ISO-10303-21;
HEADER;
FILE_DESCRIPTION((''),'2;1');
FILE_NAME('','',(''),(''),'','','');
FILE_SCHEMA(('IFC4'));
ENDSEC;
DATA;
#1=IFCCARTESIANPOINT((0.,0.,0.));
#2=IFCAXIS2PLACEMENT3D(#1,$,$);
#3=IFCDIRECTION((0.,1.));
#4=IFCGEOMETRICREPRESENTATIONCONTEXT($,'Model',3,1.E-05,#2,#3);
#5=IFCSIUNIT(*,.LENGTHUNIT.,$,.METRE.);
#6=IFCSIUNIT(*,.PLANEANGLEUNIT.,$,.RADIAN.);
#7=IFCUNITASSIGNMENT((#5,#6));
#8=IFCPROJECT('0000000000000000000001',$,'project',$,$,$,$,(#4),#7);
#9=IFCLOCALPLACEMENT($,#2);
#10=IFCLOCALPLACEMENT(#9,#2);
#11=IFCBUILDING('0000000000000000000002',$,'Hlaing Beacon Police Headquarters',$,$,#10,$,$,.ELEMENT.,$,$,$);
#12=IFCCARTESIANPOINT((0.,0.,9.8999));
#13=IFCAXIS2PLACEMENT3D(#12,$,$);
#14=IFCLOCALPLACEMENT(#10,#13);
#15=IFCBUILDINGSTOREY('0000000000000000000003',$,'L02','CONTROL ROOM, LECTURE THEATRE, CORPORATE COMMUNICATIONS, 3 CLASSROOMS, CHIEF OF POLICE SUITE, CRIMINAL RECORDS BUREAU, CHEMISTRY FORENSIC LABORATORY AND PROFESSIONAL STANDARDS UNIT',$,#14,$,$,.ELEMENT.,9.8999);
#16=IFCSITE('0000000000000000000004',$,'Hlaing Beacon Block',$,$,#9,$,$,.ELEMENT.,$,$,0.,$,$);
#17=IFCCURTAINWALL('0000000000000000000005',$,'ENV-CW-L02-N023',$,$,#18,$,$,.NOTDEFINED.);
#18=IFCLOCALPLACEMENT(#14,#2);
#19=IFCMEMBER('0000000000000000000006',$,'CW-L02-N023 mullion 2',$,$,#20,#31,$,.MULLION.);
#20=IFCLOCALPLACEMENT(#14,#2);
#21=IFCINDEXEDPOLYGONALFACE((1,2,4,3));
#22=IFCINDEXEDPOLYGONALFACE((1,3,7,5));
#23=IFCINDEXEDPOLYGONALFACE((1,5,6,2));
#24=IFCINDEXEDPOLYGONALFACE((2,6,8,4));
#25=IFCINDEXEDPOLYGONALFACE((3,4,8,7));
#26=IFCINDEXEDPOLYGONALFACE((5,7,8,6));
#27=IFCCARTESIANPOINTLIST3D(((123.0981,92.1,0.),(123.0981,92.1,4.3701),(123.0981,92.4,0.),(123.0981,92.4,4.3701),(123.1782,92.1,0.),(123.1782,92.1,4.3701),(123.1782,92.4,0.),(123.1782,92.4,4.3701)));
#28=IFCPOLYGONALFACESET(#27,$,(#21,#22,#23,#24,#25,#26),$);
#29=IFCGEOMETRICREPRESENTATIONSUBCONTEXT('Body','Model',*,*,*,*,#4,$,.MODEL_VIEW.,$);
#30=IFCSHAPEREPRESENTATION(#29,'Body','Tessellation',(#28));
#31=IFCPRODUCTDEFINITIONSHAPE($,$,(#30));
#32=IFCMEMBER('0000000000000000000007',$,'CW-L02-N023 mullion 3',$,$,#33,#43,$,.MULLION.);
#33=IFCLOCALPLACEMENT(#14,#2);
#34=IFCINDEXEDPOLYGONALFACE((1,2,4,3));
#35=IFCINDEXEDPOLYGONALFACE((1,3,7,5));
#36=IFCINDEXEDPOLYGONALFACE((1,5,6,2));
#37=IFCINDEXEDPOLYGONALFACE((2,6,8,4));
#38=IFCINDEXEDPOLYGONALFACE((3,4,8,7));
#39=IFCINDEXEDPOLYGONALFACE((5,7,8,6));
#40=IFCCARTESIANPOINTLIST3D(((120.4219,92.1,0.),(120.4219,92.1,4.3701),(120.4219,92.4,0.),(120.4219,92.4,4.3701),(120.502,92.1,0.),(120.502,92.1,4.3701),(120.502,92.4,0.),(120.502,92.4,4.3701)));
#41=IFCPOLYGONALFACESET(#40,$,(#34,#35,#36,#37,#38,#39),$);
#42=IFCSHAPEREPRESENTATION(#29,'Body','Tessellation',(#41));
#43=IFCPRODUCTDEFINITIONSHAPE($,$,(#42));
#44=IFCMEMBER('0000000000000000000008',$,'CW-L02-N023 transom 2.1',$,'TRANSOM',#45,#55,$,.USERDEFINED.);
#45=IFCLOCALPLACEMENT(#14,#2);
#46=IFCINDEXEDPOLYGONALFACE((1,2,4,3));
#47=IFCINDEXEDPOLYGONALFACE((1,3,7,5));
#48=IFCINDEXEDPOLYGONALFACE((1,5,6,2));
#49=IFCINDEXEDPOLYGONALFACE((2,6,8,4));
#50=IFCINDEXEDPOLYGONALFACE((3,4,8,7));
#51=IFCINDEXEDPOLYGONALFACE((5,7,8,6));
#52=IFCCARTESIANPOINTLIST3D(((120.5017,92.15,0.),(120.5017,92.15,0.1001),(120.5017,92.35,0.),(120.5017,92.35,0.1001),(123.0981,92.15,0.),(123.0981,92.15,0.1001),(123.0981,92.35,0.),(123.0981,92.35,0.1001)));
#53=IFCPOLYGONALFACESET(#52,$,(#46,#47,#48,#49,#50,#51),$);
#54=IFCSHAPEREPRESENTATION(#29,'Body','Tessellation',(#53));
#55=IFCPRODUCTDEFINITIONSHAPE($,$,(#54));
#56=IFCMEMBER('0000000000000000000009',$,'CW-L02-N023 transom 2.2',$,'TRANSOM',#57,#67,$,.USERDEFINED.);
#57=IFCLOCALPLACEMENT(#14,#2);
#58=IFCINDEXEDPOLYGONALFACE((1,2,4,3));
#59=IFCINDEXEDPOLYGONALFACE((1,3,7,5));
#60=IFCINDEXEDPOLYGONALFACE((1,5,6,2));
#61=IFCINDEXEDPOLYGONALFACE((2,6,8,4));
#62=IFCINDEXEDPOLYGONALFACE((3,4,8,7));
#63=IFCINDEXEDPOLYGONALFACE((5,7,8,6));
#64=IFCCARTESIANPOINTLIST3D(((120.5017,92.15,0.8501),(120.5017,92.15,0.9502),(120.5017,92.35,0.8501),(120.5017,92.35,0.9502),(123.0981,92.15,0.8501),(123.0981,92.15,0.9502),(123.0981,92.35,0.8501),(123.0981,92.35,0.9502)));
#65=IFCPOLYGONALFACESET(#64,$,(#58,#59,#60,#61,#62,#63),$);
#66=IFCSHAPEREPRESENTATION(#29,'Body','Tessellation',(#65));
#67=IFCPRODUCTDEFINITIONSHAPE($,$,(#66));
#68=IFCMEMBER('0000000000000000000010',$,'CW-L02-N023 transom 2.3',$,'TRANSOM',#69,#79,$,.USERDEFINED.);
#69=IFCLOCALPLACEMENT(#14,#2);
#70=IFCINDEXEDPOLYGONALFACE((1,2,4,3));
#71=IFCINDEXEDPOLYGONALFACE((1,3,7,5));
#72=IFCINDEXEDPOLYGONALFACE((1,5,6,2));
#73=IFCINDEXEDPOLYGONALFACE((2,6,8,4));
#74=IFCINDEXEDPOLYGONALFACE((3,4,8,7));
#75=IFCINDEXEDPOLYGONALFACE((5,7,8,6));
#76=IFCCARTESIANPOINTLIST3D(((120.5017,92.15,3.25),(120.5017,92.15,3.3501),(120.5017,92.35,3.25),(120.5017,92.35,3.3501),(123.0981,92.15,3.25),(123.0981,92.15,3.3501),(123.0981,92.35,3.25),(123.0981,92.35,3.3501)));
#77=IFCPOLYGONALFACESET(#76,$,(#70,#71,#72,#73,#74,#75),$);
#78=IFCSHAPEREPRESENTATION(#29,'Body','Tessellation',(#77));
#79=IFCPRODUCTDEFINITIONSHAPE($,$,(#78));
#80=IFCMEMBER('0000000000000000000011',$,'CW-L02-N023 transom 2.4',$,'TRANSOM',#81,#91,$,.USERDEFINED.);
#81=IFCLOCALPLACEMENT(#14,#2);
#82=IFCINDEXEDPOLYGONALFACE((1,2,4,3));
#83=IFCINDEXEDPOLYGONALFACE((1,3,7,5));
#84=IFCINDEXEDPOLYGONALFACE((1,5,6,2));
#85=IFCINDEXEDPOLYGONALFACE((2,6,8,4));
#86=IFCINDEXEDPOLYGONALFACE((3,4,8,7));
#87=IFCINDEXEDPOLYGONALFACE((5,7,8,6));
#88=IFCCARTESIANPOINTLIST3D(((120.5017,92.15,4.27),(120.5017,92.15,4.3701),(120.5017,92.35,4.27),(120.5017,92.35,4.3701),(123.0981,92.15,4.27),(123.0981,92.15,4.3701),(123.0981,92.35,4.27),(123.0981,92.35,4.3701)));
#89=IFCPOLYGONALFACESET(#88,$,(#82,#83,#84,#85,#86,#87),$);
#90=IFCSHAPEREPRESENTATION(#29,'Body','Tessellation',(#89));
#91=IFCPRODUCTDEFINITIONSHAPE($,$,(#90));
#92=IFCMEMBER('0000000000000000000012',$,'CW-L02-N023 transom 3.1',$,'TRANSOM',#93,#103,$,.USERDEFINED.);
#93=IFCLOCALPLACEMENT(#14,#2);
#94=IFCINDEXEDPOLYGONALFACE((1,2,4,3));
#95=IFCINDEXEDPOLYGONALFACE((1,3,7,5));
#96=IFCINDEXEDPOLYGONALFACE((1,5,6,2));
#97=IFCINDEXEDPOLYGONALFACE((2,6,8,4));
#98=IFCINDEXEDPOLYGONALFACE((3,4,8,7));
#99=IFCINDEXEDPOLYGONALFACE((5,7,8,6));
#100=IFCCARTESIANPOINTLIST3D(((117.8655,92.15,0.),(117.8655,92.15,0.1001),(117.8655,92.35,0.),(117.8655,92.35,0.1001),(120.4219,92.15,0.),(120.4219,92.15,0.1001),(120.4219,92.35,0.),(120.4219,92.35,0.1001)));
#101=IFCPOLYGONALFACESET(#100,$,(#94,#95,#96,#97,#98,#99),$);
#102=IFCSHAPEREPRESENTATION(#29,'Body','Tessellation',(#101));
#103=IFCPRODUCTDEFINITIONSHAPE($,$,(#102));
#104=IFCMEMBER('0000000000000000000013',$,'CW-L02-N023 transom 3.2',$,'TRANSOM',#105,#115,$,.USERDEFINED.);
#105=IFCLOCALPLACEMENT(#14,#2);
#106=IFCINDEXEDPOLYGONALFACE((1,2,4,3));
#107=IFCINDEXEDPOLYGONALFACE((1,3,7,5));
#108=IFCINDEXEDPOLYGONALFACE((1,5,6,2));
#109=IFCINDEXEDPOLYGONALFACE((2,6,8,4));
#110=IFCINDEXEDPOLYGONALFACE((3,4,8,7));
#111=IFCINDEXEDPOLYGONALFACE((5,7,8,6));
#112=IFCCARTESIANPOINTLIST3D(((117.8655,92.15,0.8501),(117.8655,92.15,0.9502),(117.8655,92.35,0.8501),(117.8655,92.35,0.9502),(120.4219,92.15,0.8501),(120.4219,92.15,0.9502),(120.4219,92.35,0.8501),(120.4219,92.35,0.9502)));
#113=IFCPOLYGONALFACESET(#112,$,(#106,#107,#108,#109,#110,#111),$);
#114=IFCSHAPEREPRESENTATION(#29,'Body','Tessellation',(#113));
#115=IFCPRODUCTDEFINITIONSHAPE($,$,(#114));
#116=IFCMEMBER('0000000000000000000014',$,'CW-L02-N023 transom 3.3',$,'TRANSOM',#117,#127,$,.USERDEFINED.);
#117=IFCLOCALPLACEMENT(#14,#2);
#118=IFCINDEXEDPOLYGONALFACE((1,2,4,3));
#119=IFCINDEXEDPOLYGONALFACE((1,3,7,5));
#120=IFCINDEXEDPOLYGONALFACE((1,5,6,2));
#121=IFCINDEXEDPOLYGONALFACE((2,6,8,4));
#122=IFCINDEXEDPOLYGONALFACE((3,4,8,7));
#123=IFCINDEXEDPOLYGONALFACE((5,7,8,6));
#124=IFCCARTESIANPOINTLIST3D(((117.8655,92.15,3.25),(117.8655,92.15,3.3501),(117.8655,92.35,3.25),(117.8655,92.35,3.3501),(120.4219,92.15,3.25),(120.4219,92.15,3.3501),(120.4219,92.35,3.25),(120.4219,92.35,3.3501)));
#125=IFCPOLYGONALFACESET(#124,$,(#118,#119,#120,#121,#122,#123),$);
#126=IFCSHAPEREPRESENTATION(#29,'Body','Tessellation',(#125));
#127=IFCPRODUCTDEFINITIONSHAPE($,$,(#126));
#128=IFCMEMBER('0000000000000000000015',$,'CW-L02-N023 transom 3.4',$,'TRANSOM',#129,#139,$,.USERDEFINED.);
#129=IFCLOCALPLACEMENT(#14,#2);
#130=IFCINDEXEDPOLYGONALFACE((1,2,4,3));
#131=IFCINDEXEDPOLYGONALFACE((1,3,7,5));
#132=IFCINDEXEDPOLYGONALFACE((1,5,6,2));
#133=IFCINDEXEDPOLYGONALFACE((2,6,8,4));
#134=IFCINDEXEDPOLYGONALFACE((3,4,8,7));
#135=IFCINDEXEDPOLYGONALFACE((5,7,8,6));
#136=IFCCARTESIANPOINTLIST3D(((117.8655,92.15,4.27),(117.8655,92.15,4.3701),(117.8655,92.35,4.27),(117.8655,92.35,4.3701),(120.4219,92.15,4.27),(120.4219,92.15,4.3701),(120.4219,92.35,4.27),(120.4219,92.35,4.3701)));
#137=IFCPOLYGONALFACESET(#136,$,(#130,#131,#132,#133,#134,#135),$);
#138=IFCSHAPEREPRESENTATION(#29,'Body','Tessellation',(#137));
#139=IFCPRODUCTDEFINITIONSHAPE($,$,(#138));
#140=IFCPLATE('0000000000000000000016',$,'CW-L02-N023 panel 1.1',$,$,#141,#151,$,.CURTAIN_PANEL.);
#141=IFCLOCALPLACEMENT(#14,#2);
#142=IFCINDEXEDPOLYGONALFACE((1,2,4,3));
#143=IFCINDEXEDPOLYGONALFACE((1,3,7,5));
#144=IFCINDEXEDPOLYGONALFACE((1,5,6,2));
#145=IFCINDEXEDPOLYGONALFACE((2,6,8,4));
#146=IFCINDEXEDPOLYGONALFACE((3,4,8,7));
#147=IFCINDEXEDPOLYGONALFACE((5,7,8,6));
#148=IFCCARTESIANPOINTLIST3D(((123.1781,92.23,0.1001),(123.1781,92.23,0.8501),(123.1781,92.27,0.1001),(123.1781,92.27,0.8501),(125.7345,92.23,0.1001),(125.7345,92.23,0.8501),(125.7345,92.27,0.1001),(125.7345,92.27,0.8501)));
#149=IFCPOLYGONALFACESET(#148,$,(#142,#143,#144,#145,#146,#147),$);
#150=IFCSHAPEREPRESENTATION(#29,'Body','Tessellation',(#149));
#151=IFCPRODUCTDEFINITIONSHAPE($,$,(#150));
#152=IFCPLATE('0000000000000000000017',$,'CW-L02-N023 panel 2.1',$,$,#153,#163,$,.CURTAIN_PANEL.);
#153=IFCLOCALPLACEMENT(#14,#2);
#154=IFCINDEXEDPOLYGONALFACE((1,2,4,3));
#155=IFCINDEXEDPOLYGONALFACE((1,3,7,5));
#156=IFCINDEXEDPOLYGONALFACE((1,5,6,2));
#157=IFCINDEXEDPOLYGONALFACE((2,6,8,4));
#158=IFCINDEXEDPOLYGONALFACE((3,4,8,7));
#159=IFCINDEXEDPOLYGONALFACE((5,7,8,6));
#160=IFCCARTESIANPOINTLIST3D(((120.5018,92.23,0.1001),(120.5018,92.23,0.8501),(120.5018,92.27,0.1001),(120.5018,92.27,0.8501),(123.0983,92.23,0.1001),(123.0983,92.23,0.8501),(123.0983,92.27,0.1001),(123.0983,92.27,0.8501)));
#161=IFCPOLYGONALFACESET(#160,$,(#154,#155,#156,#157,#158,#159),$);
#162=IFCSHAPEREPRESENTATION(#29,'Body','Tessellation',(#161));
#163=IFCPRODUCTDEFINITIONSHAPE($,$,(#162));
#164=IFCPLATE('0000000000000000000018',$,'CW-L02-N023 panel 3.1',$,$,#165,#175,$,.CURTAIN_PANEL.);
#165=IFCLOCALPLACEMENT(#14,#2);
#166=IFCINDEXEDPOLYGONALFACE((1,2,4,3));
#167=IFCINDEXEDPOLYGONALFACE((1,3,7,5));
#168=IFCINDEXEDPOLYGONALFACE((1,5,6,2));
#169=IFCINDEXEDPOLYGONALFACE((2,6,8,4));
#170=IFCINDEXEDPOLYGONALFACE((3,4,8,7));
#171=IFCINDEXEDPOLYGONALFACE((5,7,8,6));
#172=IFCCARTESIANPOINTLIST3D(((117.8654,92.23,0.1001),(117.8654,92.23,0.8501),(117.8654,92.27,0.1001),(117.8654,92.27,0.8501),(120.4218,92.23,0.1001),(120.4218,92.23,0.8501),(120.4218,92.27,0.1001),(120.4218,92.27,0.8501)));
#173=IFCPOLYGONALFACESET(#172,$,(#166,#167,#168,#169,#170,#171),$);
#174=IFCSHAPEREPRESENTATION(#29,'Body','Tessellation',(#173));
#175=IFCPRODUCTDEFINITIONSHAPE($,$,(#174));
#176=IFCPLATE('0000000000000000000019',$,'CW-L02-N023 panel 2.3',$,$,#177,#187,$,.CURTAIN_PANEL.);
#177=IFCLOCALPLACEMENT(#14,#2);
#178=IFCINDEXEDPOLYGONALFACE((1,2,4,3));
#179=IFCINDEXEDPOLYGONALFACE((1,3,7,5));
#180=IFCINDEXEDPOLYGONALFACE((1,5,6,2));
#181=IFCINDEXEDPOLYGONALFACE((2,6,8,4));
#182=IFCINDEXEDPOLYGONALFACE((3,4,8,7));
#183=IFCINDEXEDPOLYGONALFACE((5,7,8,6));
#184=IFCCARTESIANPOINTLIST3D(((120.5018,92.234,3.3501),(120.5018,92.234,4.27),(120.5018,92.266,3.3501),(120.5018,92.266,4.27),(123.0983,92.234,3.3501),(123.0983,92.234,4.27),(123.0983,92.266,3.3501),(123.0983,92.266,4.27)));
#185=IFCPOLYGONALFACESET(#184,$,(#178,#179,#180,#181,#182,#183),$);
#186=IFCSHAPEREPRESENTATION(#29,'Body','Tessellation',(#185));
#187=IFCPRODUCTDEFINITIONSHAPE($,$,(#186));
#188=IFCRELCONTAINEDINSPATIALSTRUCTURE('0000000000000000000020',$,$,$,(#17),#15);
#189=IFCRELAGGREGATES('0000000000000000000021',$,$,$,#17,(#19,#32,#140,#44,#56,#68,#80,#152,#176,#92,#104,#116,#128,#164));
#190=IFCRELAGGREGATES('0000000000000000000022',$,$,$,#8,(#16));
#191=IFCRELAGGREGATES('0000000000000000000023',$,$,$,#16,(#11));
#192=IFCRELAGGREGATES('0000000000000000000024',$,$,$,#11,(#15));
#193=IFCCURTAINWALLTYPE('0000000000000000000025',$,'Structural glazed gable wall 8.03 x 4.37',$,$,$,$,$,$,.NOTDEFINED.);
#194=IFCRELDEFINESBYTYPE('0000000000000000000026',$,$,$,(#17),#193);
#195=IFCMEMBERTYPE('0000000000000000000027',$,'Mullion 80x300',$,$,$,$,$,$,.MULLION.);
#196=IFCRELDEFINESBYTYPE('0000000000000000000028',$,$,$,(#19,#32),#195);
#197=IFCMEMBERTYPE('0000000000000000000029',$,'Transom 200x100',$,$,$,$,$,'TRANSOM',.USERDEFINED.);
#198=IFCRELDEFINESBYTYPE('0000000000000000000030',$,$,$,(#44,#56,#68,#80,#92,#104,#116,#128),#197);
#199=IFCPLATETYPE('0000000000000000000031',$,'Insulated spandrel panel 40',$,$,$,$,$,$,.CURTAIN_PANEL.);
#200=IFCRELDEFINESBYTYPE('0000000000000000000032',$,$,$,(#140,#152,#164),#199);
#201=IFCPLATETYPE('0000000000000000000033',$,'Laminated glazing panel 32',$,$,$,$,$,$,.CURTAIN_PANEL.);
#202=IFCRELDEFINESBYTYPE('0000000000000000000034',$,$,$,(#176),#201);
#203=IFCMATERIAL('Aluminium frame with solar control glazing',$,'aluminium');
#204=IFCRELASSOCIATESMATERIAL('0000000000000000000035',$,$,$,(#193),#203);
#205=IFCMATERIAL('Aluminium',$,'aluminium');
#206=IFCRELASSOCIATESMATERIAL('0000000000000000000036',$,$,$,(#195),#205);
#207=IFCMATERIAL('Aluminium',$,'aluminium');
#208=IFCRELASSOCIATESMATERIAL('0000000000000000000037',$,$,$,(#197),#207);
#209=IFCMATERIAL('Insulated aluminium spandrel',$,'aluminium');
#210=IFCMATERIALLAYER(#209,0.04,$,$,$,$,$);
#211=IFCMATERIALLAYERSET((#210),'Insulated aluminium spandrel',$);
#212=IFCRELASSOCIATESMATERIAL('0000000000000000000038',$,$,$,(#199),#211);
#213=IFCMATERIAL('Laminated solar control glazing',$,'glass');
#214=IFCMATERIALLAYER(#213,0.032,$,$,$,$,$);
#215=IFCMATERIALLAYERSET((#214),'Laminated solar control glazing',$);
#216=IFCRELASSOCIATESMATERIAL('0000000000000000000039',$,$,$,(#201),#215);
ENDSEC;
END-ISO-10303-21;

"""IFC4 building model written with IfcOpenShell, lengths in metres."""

from ifc_helpers import new_model, si_unit, direction, frame, origin, origin_2d, place, context, subcontext, project, spatial, rectangle, extrude, material, layer, layer_set, material_profile, profile_set, type_object, element, aggregate, save


model = new_model("IFC4")

# Units and contexts
model_context = context("Model", 3, precision=1e-05, world=origin(), true_north=direction((0.0, 1.0)))
body_context = subcontext(model_context, "Body", "Model", "MODEL_VIEW")
ifc_project = project(units=[si_unit("LENGTHUNIT", "METRE"), si_unit("PLANEANGLEUNIT", "RADIAN")], contexts=[model_context])

# Site, building, storey
site_placement = place(None, origin())
site = spatial("IfcSite", under=ifc_project, at=site_placement, Name="Hlaing Beacon Block", CompositionType="ELEMENT", RefElevation=0.0)
building_placement = place(site_placement, origin())
building = spatial("IfcBuilding", under=site, at=building_placement, Name="Hlaing Beacon Police Headquarters", CompositionType="ELEMENT")
storey_placement = place(building_placement, frame((0.0, 0.0, 9.8999)))
storey = spatial("IfcBuildingStorey", under=building, at=storey_placement, Name="L02", Description="CONTROL ROOM, LECTURE THEATRE, CORPORATE COMMUNICATIONS, 3 CLASSROOMS, CHIEF OF POLICE SUITE, CRIMINAL RECORDS BUREAU, CHEMISTRY FORENSIC LABORATORY AND PROFESSIONAL STANDARDS UNIT", CompositionType="ELEMENT", Elevation=9.8999)

# Curtain wall, members, plates
ifc_material_1 = material(Name="Aluminium frame with solar control glazing", Category="aluminium")
curtain_wall_type = type_object("IfcCurtainWallType", Name="Structural glazed gable wall 8.03 x 4.37", PredefinedType="NOTDEFINED", material=ifc_material_1)
curtain_wall_placement = place(storey_placement, origin())
curtain_wall = element("IfcCurtainWall", 1, at=curtain_wall_placement, inside=storey, type_object=curtain_wall_type, Name="ENV-CW-L02-N023", PredefinedType="NOTDEFINED")
ifc_material_2 = material(Name="Aluminium", Category="aluminium")
ifc_material_profile_1 = material_profile(ifc_material_2, rectangle(XDim=0.3, YDim=0.0801, at=origin_2d()), Name="Mullion 80x300")
ifc_profile_set_1 = profile_set([ifc_material_profile_1], Name="Aluminium")
member_type_1 = type_object("IfcMemberType", Name="Mullion 80x300", PredefinedType="MULLION", material=ifc_profile_set_1)
member_1_placement = place(storey_placement, frame((123.1382, 92.25, 0.0), z_axis=(0.0, 0.0, 1.0), x_axis=(0.0, -1.0, 0.0)))
member_1 = element("IfcMember", 2, at=member_1_placement, type_object=member_type_1, Name="CW-L02-N023 mullion 2", PredefinedType="MULLION", context=body_context, shape_type="SweptSolid", body=[
    extrude(rectangle(XDim=0.3, YDim=0.0801, at=origin_2d()), origin(), (0.0, 0.0, 1.0), 4.3701),
])
member_2_placement = place(storey_placement, frame((120.4619, 92.25, 0.0), z_axis=(0.0, 0.0, 1.0), x_axis=(0.0, -1.0, 0.0)))
member_2 = element("IfcMember", 3, at=member_2_placement, type_object=member_type_1, Name="CW-L02-N023 mullion 3", PredefinedType="MULLION", context=body_context, shape_type="SweptSolid", body=[
    extrude(rectangle(XDim=0.3, YDim=0.0801, at=origin_2d()), origin(), (0.0, 0.0, 1.0), 4.3701),
])
ifc_material_3 = material(Name="Aluminium", Category="aluminium")
ifc_material_profile_2 = material_profile(ifc_material_3, rectangle(XDim=0.2, YDim=0.1001, at=origin_2d()), Name="Transom 200x100")
ifc_profile_set_2 = profile_set([ifc_material_profile_2], Name="Aluminium")
member_type_2 = type_object("IfcMemberType", Name="Transom 200x100", ElementType="TRANSOM", PredefinedType="USERDEFINED", material=ifc_profile_set_2)
member_3_placement = place(storey_placement, frame((123.0981, 92.25, 0.05), z_axis=(-1.0, 0.0, 0.0), x_axis=(0.0, -1.0, 0.0)))
member_3 = element("IfcMember", 4, at=member_3_placement, type_object=member_type_2, Name="CW-L02-N023 transom 2.1", ObjectType="TRANSOM", PredefinedType="USERDEFINED", context=body_context, shape_type="SweptSolid", body=[
    extrude(rectangle(XDim=0.2, YDim=0.1001, at=origin_2d()), origin(), (0.0, 0.0, 1.0), 2.5964),
])
member_4_placement = place(storey_placement, frame((123.0981, 92.25, 0.9001), z_axis=(-1.0, 0.0, 0.0), x_axis=(0.0, -1.0, 0.0)))
member_4 = element("IfcMember", 5, at=member_4_placement, type_object=member_type_2, Name="CW-L02-N023 transom 2.2", ObjectType="TRANSOM", PredefinedType="USERDEFINED", context=body_context, shape_type="SweptSolid", body=[
    extrude(rectangle(XDim=0.2, YDim=0.1001, at=origin_2d()), origin(), (0.0, 0.0, 1.0), 2.5964),
])
member_5_placement = place(storey_placement, frame((123.0981, 92.25, 3.3), z_axis=(-1.0, 0.0, 0.0), x_axis=(0.0, -1.0, 0.0)))
member_5 = element("IfcMember", 6, at=member_5_placement, type_object=member_type_2, Name="CW-L02-N023 transom 2.3", ObjectType="TRANSOM", PredefinedType="USERDEFINED", context=body_context, shape_type="SweptSolid", body=[
    extrude(rectangle(XDim=0.2, YDim=0.1001, at=origin_2d()), origin(), (0.0, 0.0, 1.0), 2.5964),
])
member_6_placement = place(storey_placement, frame((123.0981, 92.25, 4.3201), z_axis=(-1.0, 0.0, 0.0), x_axis=(0.0, -1.0, 0.0)))
member_6 = element("IfcMember", 7, at=member_6_placement, type_object=member_type_2, Name="CW-L02-N023 transom 2.4", ObjectType="TRANSOM", PredefinedType="USERDEFINED", context=body_context, shape_type="SweptSolid", body=[
    extrude(rectangle(XDim=0.2, YDim=0.1001, at=origin_2d()), origin(), (0.0, 0.0, 1.0), 2.5964),
])
member_7_placement = place(storey_placement, frame((120.4219, 92.25, 0.05), z_axis=(-1.0, 0.0, 0.0), x_axis=(0.0, -1.0, 0.0)))
member_7 = element("IfcMember", 8, at=member_7_placement, type_object=member_type_2, Name="CW-L02-N023 transom 3.1", ObjectType="TRANSOM", PredefinedType="USERDEFINED", context=body_context, shape_type="SweptSolid", body=[
    extrude(rectangle(XDim=0.2, YDim=0.1001, at=origin_2d()), origin(), (0.0, 0.0, 1.0), 2.5564),
])
member_8_placement = place(storey_placement, frame((120.4219, 92.25, 0.9001), z_axis=(-1.0, 0.0, 0.0), x_axis=(0.0, -1.0, 0.0)))
member_8 = element("IfcMember", 9, at=member_8_placement, type_object=member_type_2, Name="CW-L02-N023 transom 3.2", ObjectType="TRANSOM", PredefinedType="USERDEFINED", context=body_context, shape_type="SweptSolid", body=[
    extrude(rectangle(XDim=0.2, YDim=0.1001, at=origin_2d()), origin(), (0.0, 0.0, 1.0), 2.5564),
])
member_9_placement = place(storey_placement, frame((120.4219, 92.25, 3.3), z_axis=(-1.0, 0.0, 0.0), x_axis=(0.0, -1.0, 0.0)))
member_9 = element("IfcMember", 10, at=member_9_placement, type_object=member_type_2, Name="CW-L02-N023 transom 3.3", ObjectType="TRANSOM", PredefinedType="USERDEFINED", context=body_context, shape_type="SweptSolid", body=[
    extrude(rectangle(XDim=0.2, YDim=0.1001, at=origin_2d()), origin(), (0.0, 0.0, 1.0), 2.5564),
])
member_10_placement = place(storey_placement, frame((120.4219, 92.25, 4.3201), z_axis=(-1.0, 0.0, 0.0), x_axis=(0.0, -1.0, 0.0)))
member_10 = element("IfcMember", 11, at=member_10_placement, type_object=member_type_2, Name="CW-L02-N023 transom 3.4", ObjectType="TRANSOM", PredefinedType="USERDEFINED", context=body_context, shape_type="SweptSolid", body=[
    extrude(rectangle(XDim=0.2, YDim=0.1001, at=origin_2d()), origin(), (0.0, 0.0, 1.0), 2.5564),
])
ifc_material_4 = material(Name="Insulated aluminium spandrel", Category="aluminium")
ifc_layer_1 = layer(ifc_material_4, 0.04)
ifc_layer_set_1 = layer_set([ifc_layer_1], Name="Insulated aluminium spandrel")
plate_type_1 = type_object("IfcPlateType", Name="Insulated spandrel panel 40", PredefinedType="CURTAIN_PANEL", material=ifc_layer_set_1)
plate_1_placement = place(storey_placement, frame((124.4563, 92.25, 0.1001), z_axis=(0.0, 0.0, 1.0), x_axis=(-1.0, 0.0, 0.0)))
plate_1 = element("IfcPlate", 12, at=plate_1_placement, type_object=plate_type_1, Name="CW-L02-N023 panel 1.1", PredefinedType="CURTAIN_PANEL", context=body_context, shape_type="SweptSolid", body=[
    extrude(rectangle(XDim=2.5564, YDim=0.04, at=origin_2d()), origin(), (0.0, 0.0, 1.0), 0.75),
])
plate_2_placement = place(storey_placement, frame((121.8, 92.25, 0.1001), z_axis=(0.0, 0.0, 1.0), x_axis=(-1.0, 0.0, 0.0)))
plate_2 = element("IfcPlate", 13, at=plate_2_placement, type_object=plate_type_1, Name="CW-L02-N023 panel 2.1", PredefinedType="CURTAIN_PANEL", context=body_context, shape_type="SweptSolid", body=[
    extrude(rectangle(XDim=2.5964, YDim=0.04, at=origin_2d()), origin(), (0.0, 0.0, 1.0), 0.75),
])
plate_3_placement = place(storey_placement, frame((119.1436, 92.25, 0.1001), z_axis=(0.0, 0.0, 1.0), x_axis=(-1.0, 0.0, 0.0)))
plate_3 = element("IfcPlate", 14, at=plate_3_placement, type_object=plate_type_1, Name="CW-L02-N023 panel 3.1", PredefinedType="CURTAIN_PANEL", context=body_context, shape_type="SweptSolid", body=[
    extrude(rectangle(XDim=2.5564, YDim=0.04, at=origin_2d()), origin(), (0.0, 0.0, 1.0), 0.75),
])
ifc_material_5 = material(Name="Laminated solar control glazing", Category="glass")
ifc_layer_2 = layer(ifc_material_5, 0.032)
ifc_layer_set_2 = layer_set([ifc_layer_2], Name="Laminated solar control glazing")
plate_type_2 = type_object("IfcPlateType", Name="Laminated glazing panel 32", PredefinedType="CURTAIN_PANEL", material=ifc_layer_set_2)
plate_4_placement = place(storey_placement, frame((121.8, 92.25, 3.3501), z_axis=(0.0, 0.0, 1.0), x_axis=(-1.0, 0.0, 0.0)))
plate_4 = element("IfcPlate", 15, at=plate_4_placement, type_object=plate_type_2, Name="CW-L02-N023 panel 2.3", PredefinedType="CURTAIN_PANEL", context=body_context, shape_type="SweptSolid", body=[
    extrude(rectangle(XDim=2.5964, YDim=0.032, at=origin_2d()), origin(), (0.0, 0.0, 1.0), 0.9199),
])
aggregate(curtain_wall, [member_1, member_2, plate_1, member_3, member_4, member_5, member_6, plate_2, plate_4, member_7, member_8, member_9, member_10, plate_3])

save(model, "model.ifc")
